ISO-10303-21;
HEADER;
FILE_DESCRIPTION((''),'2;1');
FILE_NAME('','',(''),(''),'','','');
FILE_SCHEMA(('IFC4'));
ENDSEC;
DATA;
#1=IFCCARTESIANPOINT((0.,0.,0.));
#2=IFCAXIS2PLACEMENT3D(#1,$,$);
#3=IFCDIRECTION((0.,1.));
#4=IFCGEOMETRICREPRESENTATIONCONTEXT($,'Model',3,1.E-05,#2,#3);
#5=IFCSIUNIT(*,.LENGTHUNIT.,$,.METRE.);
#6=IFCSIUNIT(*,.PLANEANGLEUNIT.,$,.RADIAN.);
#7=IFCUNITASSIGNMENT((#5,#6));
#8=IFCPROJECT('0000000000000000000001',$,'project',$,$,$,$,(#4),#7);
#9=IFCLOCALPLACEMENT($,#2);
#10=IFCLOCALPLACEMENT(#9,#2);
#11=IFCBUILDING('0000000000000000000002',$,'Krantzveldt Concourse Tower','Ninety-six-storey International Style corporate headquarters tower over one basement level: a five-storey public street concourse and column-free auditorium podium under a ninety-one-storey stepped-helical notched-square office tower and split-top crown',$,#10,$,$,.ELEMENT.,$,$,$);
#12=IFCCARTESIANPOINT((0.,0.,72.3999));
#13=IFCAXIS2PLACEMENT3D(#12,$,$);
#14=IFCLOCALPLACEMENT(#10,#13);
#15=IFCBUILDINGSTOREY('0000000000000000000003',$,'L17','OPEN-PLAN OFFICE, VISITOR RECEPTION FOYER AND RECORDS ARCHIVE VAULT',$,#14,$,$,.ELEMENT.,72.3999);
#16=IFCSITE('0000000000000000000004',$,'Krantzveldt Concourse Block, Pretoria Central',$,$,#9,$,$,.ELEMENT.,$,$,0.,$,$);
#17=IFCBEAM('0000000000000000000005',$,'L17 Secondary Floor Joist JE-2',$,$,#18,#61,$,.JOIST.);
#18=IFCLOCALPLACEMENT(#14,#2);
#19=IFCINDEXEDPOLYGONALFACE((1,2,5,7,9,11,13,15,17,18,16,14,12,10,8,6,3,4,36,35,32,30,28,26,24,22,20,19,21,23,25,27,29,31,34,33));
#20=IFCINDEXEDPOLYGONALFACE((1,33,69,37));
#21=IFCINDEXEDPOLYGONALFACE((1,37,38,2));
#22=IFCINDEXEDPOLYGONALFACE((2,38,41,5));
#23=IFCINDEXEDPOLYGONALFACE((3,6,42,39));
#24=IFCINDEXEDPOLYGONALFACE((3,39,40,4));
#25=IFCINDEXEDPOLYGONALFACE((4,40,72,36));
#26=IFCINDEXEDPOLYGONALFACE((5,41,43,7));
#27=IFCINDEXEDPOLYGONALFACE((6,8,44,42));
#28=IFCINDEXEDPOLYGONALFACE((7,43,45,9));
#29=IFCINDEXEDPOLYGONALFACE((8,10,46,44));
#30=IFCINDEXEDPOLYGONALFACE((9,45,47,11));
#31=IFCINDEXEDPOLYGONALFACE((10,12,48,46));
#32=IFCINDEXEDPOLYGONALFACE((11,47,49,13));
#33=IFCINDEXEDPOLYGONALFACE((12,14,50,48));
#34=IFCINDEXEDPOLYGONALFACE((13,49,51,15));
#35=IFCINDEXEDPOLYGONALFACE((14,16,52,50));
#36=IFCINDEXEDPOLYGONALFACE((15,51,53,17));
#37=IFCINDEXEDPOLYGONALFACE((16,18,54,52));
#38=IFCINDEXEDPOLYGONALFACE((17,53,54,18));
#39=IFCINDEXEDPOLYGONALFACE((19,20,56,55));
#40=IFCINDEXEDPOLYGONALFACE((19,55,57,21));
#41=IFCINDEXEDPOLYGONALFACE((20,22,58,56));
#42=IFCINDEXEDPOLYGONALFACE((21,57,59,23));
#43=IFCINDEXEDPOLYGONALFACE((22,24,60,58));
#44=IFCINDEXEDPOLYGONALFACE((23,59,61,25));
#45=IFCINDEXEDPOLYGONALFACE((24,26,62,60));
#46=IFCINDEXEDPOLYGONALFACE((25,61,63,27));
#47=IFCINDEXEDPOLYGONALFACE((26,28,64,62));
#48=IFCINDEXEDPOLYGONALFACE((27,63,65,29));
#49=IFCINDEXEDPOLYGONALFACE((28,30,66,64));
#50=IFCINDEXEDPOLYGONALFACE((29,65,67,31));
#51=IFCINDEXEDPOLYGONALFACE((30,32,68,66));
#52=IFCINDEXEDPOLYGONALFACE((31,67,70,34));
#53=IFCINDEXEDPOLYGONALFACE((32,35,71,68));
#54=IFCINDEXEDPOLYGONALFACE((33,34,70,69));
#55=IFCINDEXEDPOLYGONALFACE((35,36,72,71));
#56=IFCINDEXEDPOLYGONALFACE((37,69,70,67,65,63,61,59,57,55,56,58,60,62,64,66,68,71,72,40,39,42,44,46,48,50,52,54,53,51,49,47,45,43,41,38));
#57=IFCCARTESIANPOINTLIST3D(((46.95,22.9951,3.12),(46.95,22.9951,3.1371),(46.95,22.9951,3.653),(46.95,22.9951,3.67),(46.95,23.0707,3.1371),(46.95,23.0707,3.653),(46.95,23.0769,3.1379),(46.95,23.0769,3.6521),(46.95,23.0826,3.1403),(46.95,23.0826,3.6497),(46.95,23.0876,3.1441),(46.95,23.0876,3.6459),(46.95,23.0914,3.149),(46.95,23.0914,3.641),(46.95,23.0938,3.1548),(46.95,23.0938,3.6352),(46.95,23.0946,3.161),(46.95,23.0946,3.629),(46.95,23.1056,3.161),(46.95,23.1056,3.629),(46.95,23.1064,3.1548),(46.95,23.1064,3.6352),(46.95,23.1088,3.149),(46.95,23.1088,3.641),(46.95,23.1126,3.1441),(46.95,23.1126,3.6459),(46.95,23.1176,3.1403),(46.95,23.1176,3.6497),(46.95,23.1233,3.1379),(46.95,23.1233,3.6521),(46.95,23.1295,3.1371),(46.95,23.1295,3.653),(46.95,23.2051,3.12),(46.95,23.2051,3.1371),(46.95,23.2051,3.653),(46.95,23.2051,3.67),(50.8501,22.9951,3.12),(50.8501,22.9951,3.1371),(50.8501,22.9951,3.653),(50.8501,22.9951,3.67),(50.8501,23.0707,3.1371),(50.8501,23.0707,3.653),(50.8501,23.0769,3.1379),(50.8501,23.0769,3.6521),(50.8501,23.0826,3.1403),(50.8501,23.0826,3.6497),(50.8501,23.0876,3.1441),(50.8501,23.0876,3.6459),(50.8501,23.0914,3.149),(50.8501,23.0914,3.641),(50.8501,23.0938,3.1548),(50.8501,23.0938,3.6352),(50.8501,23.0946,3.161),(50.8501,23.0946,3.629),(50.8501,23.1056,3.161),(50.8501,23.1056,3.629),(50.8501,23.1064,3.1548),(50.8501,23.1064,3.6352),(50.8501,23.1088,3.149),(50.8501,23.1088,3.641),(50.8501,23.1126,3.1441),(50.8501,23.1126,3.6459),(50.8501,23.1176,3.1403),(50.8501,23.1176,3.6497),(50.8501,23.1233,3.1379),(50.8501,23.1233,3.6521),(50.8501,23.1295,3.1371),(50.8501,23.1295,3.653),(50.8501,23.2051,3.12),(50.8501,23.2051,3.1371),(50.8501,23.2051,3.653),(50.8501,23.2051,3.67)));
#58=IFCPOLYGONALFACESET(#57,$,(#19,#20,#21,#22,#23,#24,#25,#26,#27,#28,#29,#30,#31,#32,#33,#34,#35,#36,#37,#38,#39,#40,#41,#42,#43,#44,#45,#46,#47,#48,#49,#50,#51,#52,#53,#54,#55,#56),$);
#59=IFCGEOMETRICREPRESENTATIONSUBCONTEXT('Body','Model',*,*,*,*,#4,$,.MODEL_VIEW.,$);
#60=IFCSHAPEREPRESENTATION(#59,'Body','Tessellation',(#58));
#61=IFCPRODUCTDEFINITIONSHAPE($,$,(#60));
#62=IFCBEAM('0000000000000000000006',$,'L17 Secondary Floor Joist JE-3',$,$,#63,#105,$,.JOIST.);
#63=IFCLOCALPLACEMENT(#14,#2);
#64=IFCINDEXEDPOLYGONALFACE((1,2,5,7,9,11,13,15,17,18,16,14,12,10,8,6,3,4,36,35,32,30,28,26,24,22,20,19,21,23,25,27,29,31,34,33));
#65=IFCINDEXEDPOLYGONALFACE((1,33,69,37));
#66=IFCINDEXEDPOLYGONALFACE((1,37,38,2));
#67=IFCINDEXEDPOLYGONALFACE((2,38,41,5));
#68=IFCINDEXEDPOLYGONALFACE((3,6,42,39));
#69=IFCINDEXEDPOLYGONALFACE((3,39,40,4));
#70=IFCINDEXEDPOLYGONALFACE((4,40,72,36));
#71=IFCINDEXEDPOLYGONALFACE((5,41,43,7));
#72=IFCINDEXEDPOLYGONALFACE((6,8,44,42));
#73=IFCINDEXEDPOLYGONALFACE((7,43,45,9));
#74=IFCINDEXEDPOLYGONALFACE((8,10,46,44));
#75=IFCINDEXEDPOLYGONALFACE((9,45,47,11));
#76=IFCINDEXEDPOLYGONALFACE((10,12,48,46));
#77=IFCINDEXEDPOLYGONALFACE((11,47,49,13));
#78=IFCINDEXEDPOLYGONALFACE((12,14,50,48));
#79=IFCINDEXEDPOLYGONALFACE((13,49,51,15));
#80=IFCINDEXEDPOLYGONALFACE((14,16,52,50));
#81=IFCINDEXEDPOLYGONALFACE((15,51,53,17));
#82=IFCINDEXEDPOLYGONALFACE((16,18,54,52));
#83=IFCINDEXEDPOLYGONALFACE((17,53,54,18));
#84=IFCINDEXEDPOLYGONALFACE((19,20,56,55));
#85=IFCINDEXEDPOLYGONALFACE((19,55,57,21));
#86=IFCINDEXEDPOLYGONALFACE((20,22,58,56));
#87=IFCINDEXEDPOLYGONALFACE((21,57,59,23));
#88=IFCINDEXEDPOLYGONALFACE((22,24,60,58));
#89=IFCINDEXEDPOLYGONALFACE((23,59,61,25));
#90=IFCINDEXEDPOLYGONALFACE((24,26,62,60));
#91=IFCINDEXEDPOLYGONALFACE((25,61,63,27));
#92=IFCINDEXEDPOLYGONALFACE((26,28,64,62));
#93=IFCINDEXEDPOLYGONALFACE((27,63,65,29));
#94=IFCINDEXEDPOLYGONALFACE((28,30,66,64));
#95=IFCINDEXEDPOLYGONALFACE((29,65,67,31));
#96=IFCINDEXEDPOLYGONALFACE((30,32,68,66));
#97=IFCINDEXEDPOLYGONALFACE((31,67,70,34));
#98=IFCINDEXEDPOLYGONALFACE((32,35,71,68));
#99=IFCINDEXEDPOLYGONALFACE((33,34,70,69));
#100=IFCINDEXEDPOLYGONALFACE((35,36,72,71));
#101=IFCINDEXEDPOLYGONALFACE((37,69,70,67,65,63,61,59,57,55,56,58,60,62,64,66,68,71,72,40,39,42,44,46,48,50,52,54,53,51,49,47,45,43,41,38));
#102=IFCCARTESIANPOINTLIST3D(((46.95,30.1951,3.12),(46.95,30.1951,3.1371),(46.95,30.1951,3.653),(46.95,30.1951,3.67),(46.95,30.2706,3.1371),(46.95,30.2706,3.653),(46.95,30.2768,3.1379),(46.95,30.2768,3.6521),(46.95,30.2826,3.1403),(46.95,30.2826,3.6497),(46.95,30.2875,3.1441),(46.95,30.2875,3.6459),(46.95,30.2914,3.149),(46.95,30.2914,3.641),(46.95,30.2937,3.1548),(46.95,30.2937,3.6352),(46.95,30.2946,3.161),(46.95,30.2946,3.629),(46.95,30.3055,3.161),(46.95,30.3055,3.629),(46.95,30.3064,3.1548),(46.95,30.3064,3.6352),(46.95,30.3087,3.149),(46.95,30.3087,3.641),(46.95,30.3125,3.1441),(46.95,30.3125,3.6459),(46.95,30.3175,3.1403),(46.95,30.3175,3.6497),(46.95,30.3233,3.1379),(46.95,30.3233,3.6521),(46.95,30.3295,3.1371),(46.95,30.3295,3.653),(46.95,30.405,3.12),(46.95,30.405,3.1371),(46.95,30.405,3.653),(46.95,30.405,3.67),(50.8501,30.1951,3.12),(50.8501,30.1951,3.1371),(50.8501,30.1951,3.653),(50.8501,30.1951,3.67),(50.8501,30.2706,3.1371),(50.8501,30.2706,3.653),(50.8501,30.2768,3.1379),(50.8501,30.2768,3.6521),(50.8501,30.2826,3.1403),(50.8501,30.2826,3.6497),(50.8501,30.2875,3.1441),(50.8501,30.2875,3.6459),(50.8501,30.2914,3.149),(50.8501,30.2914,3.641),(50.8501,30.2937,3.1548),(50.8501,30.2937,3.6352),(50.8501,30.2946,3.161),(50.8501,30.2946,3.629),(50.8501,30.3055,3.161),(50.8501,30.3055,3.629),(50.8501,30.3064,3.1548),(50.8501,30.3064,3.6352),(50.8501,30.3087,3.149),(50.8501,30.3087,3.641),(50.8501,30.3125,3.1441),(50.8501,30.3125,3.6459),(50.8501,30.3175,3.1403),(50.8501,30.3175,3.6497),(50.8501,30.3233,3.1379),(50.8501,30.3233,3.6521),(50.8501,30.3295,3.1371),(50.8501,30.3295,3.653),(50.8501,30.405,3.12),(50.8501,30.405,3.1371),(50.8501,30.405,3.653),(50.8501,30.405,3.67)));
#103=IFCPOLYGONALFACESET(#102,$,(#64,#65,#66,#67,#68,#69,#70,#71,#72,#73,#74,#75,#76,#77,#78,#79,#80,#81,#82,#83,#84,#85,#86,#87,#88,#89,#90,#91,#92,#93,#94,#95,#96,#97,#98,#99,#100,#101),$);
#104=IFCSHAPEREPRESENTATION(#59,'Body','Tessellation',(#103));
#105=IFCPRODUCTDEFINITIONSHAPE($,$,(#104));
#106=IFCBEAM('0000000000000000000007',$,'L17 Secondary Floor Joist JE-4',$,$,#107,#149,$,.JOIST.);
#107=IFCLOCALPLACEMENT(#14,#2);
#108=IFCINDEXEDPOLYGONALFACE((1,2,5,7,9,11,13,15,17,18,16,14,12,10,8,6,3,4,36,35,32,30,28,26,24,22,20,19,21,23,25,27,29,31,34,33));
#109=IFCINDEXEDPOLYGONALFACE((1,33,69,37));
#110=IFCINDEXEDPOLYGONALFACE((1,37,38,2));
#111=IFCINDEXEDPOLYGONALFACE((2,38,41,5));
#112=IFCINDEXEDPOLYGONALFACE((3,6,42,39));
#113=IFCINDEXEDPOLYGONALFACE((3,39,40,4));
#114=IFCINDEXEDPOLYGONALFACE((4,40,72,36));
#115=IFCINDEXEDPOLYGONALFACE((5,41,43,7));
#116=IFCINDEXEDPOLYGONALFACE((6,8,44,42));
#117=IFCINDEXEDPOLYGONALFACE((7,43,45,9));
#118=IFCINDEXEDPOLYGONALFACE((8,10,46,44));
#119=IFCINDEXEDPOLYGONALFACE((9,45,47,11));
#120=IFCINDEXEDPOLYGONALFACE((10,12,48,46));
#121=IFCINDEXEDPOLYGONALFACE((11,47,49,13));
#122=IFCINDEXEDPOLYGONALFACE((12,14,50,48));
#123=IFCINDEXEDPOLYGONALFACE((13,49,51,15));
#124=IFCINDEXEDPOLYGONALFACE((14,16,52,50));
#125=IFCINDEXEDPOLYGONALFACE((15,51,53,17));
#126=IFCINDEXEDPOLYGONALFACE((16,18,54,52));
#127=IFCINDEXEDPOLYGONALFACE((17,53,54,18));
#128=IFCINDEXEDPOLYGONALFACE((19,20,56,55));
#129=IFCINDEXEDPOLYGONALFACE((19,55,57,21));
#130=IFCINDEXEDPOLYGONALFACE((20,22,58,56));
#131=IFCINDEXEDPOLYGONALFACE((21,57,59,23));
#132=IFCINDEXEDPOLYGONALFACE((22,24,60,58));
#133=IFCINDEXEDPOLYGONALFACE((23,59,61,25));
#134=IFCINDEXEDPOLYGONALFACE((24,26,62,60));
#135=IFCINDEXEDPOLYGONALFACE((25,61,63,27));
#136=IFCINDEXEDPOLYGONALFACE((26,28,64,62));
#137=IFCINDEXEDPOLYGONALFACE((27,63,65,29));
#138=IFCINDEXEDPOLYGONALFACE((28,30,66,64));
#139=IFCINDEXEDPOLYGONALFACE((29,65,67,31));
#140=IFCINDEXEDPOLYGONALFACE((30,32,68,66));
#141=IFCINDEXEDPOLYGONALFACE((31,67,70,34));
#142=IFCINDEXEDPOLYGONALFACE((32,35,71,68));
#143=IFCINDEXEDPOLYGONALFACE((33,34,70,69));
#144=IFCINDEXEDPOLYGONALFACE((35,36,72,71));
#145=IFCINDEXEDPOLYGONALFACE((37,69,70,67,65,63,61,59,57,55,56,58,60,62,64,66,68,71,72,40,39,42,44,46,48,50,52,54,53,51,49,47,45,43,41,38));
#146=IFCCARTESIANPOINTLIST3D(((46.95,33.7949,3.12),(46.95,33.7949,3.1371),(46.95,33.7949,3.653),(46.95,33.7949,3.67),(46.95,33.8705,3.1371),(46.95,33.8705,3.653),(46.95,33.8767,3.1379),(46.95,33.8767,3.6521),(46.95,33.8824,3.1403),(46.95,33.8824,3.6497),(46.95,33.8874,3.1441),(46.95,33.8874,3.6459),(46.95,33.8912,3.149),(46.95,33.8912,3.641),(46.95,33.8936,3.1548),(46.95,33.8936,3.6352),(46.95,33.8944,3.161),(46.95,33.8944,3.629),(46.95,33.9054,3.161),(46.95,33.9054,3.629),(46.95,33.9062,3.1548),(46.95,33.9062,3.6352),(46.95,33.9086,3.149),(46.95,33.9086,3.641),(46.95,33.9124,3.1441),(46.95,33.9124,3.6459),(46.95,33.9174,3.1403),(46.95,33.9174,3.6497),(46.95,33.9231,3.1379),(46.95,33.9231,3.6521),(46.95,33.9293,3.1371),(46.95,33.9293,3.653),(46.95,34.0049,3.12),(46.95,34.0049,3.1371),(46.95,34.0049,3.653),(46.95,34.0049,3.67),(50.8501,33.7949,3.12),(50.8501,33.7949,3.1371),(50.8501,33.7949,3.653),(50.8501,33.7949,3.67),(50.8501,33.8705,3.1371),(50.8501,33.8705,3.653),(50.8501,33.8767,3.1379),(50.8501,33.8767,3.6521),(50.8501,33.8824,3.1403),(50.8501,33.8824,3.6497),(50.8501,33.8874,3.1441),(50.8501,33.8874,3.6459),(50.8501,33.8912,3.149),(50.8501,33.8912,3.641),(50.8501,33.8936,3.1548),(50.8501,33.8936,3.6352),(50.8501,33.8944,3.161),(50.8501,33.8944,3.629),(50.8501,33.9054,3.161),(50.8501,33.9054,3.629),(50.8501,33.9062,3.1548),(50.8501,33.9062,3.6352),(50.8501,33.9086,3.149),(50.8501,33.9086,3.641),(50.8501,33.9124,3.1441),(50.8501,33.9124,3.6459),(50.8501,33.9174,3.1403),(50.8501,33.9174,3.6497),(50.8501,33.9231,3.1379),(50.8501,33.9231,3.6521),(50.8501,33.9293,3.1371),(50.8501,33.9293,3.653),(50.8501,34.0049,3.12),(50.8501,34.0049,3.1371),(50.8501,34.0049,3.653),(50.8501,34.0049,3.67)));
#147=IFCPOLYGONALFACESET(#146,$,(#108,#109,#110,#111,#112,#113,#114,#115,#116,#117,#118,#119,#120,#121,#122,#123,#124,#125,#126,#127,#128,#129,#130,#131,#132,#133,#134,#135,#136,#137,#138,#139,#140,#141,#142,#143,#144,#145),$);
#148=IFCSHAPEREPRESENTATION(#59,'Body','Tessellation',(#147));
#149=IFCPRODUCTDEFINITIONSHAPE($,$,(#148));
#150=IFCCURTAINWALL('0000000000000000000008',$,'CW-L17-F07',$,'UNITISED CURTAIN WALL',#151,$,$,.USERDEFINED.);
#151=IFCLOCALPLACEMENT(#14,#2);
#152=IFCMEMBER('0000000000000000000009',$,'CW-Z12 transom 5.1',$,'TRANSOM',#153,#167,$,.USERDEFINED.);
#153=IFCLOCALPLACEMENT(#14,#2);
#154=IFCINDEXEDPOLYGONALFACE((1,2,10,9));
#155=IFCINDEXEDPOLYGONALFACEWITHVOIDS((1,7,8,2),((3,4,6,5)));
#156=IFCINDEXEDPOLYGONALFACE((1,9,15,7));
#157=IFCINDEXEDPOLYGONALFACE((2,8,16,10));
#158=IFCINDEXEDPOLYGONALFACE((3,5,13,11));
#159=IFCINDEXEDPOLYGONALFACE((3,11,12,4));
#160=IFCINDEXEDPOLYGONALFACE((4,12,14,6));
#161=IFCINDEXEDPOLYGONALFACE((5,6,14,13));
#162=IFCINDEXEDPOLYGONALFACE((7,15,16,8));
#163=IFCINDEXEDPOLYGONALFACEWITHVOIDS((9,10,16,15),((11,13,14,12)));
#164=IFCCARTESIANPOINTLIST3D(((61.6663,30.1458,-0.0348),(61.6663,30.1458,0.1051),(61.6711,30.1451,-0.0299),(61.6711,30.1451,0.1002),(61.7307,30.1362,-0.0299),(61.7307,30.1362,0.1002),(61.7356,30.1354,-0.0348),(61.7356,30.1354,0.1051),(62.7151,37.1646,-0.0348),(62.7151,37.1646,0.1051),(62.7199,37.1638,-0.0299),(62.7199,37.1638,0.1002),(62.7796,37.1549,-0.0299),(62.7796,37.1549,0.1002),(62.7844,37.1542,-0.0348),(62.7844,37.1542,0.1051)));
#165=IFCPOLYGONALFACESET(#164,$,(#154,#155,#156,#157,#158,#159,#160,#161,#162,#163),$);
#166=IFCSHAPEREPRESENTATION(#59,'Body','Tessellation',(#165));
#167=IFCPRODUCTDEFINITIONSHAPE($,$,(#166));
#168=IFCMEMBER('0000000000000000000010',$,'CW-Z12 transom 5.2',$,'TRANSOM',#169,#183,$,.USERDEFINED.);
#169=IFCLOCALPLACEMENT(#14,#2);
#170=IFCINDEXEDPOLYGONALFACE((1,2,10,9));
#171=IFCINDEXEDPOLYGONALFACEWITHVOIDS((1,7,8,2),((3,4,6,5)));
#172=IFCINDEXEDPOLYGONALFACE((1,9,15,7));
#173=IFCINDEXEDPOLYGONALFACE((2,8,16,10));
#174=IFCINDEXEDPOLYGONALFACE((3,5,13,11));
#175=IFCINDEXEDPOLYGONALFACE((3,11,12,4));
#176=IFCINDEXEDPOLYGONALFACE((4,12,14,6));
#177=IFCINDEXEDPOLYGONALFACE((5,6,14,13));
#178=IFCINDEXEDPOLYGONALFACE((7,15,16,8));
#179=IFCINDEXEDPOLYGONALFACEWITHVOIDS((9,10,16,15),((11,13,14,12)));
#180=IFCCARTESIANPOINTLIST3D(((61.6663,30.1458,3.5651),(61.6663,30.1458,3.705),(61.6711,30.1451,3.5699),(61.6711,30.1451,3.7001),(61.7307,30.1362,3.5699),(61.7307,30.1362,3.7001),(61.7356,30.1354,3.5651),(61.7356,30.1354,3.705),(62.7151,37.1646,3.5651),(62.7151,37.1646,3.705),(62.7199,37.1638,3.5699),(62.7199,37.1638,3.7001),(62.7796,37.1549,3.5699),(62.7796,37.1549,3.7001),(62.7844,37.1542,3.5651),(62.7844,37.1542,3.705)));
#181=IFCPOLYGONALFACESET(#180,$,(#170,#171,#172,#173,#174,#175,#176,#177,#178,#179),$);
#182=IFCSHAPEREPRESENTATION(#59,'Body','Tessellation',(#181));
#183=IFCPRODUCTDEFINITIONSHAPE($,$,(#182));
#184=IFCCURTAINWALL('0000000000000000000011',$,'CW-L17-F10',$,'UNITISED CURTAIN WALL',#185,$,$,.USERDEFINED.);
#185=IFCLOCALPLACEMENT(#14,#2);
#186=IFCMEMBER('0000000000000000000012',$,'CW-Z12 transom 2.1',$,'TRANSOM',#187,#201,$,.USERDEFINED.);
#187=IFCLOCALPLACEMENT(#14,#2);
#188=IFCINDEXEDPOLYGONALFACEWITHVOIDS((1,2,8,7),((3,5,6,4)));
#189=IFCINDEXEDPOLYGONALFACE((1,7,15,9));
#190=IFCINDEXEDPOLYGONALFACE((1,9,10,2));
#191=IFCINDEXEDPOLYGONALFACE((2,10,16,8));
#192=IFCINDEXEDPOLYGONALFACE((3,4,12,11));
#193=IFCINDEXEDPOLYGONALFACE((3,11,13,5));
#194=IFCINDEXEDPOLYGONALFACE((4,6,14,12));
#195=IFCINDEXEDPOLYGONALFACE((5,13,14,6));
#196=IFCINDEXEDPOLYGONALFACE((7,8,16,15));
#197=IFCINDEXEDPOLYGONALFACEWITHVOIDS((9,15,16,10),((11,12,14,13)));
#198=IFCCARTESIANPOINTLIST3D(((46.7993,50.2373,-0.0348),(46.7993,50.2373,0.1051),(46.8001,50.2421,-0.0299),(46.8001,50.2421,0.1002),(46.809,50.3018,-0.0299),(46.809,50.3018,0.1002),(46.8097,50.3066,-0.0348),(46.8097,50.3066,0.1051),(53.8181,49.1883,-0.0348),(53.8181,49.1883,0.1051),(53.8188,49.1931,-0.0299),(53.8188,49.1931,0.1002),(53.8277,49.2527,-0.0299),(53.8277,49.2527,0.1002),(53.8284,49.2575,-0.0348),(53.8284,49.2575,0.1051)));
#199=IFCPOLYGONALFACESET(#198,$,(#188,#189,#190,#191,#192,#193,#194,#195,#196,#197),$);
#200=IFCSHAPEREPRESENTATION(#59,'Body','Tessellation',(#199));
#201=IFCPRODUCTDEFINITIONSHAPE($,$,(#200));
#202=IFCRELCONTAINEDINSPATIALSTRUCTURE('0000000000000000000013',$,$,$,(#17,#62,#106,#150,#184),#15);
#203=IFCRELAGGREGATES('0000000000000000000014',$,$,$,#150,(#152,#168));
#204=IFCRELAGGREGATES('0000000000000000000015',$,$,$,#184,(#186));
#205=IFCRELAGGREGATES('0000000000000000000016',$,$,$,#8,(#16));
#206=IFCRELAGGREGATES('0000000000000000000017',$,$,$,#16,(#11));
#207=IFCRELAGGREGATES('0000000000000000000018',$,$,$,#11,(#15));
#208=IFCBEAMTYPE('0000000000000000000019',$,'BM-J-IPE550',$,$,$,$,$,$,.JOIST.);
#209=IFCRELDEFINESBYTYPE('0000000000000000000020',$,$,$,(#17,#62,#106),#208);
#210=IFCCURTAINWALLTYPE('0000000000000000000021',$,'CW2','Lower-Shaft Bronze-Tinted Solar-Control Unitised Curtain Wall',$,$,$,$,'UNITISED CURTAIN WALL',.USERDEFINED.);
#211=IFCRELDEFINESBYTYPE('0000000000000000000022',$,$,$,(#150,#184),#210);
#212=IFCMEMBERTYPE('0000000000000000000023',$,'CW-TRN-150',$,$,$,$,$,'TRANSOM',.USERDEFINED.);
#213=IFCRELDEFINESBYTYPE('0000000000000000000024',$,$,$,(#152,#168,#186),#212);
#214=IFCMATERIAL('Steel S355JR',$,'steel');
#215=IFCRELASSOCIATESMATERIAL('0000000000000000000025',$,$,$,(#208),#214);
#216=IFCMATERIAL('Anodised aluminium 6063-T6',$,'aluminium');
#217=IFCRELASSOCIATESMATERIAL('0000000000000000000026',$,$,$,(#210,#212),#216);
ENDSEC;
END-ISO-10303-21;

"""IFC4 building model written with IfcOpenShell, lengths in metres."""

from ifc_helpers import new_model, si_unit, direction, frame, origin, origin_2d, place, context, subcontext, project, spatial, hollow_rectangle, i_section, extrude, source, transform, mapped, material, material_profile, profile_set, type_object, type_shapes, element, aggregate, save


model = new_model("IFC4")

# Units and contexts
model_context = context("Model", 3, precision=1e-05, world=origin(), true_north=direction((0.0, 1.0)))
body_context = subcontext(model_context, "Body", "Model", "MODEL_VIEW")
ifc_project = project(units=[si_unit("LENGTHUNIT", "METRE"), si_unit("PLANEANGLEUNIT", "RADIAN")], contexts=[model_context])

# Site, building, storey
site_placement = place(None, origin())
site = spatial("IfcSite", under=ifc_project, at=site_placement, Name="Krantzveldt Concourse Block, Pretoria Central", CompositionType="ELEMENT", RefElevation=0.0)
building_placement = place(site_placement, origin())
building = spatial("IfcBuilding", under=site, at=building_placement, Name="Krantzveldt Concourse Tower", Description="Ninety-six-storey International Style corporate headquarters tower over one basement level: a five-storey public street concourse and column-free auditorium podium under a ninety-one-storey stepped-helical notched-square office tower and split-top crown", CompositionType="ELEMENT")
storey_placement = place(building_placement, frame((0.0, 0.0, 72.3999)))
storey = spatial("IfcBuildingStorey", under=building, at=storey_placement, Name="L17", Description="OPEN-PLAN OFFICE, VISITOR RECEPTION FOYER AND RECORDS ARCHIVE VAULT", CompositionType="ELEMENT", Elevation=72.3999)

# Beams
ifc_material_1 = material(Name="Steel S355JR", Category="steel")
ifc_material_profile_1 = material_profile(ifc_material_1, i_section(OverallWidth=0.21, OverallDepth=0.55, WebThickness=0.011, FlangeThickness=0.0171, FilletRadius=0.0239, at=origin_2d()), Name="Steel S355JR", Category="steel")
ifc_profile_set_1 = profile_set([ifc_material_profile_1], Name="Steel S355JR - IPE 550")
beam_type_1 = type_object("IfcBeamType", Name="BM-J-IPE550", PredefinedType="JOIST", material=ifc_profile_set_1)
shared_shape_1 = source(origin(), body_context, "Body", "SweptSolid", [
    extrude(i_section(OverallWidth=0.21, OverallDepth=0.55, WebThickness=0.011, FlangeThickness=0.0171, FilletRadius=0.0239, at=origin_2d()), origin(), (0.0, 0.0, 1.0), 3.9001),
])
type_shapes(beam_type_1, [shared_shape_1])
for number, where, z_axis, x_axis, name in (
    (1, (46.95, 23.1001, 3.395), (1.0, 0.0, 0.0), (0.0, 1.0, 0.0), "L17 Secondary Floor Joist JE-2"),
    (2, (46.95, 30.3, 3.395), (1.0, 0.0, 0.0), (0.0, 1.0, 0.0), "L17 Secondary Floor Joist JE-3"),
    (3, (46.95, 33.8999, 3.395), (1.0, 0.0, 0.0), (0.0, 1.0, 0.0), "L17 Secondary Floor Joist JE-4"),
):
    element("IfcBeam", number, at=place(storey_placement, frame(where, z_axis=z_axis, x_axis=x_axis)), inside=storey, type_object=beam_type_1, Name=name, PredefinedType="JOIST", context=body_context, shape_type="MappedRepresentation", body=[
        mapped(shared_shape_1, transform((0.0, 0.0, 0.0), x_axis=(1.0, 0.0, 0.0), y_axis=(0.0, 1.0, 0.0), z_axis=(0.0, 0.0, 1.0), scale=1.0)),
    ])

# Curtain walls, members
ifc_material_2 = material(Name="Anodised aluminium 6063-T6", Category="aluminium")
curtain_wall_type = type_object("IfcCurtainWallType", Name="CW2", Description="Lower-Shaft Bronze-Tinted Solar-Control Unitised Curtain Wall", ElementType="UNITISED CURTAIN WALL", PredefinedType="USERDEFINED", material=ifc_material_2)
curtain_wall_1_placement = place(storey_placement, origin())
curtain_wall_1 = element("IfcCurtainWall", 4, at=curtain_wall_1_placement, inside=storey, type_object=curtain_wall_type, Name="CW-L17-F07", ObjectType="UNITISED CURTAIN WALL", PredefinedType="USERDEFINED")
ifc_material_profile_2 = material_profile(ifc_material_2, hollow_rectangle(XDim=0.0701, YDim=0.1399, WallThickness=0.0049, at=origin_2d()), Name="Anodised aluminium 6063-T6", Category="aluminium")
ifc_profile_set_2 = profile_set([ifc_material_profile_2], Name="Anodised aluminium 6063-T6 - ALU-TRAN 140x70x5")
member_type_1 = type_object("IfcMemberType", Name="CW-TRN-150", ElementType="TRANSOM", PredefinedType="USERDEFINED", material=ifc_profile_set_2)
shared_shape_2 = source(origin(), body_context, "Body", "SweptSolid", [
    extrude(hollow_rectangle(XDim=0.0701, YDim=0.1399, WallThickness=0.0049, at=origin_2d()), origin(), (0.0, 0.0, 1.0), 7.0967),
])
member_1_placement = place(storey_placement, frame((61.7009, 30.1406, 0.0352), z_axis=(0.14779, 0.989019, 0.0), x_axis=(-0.989019, 0.14779, 0.0)))
member_1 = element("IfcMember", 5, at=member_1_placement, type_object=member_type_1, Name="CW-Z12 transom 5.1", ObjectType="TRANSOM", PredefinedType="USERDEFINED", context=body_context, shape_type="MappedRepresentation", body=[
    mapped(shared_shape_2, transform((0.0, 0.0, 0.0), x_axis=(1.0, 0.0, 0.0), y_axis=(0.0, 1.0, 0.0), z_axis=(0.0, 0.0, 1.0), scale=1.0)),
])
member_2_placement = place(storey_placement, frame((61.7009, 30.1406, 3.635), z_axis=(0.14779, 0.989019, 0.0), x_axis=(-0.989019, 0.14779, 0.0)))
member_2 = element("IfcMember", 6, at=member_2_placement, type_object=member_type_1, Name="CW-Z12 transom 5.2", ObjectType="TRANSOM", PredefinedType="USERDEFINED", context=body_context, shape_type="MappedRepresentation", body=[
    mapped(shared_shape_2, transform((0.0, 0.0, 0.0), x_axis=(1.0, 0.0, 0.0), y_axis=(0.0, 1.0, 0.0), z_axis=(0.0, 0.0, 1.0), scale=1.0)),
])
curtain_wall_2_placement = place(storey_placement, origin())
curtain_wall_2 = element("IfcCurtainWall", 7, at=curtain_wall_2_placement, inside=storey, type_object=curtain_wall_type, Name="CW-L17-F10", ObjectType="UNITISED CURTAIN WALL", PredefinedType="USERDEFINED")
member_3_placement = place(storey_placement, frame((53.8232, 49.2229, 0.0352), z_axis=(-0.989014, 0.147824, 0.0), x_axis=(-0.147824, -0.989014, 0.0)))
member_3 = element("IfcMember", 8, at=member_3_placement, type_object=member_type_1, Name="CW-Z12 transom 2.1", ObjectType="TRANSOM", PredefinedType="USERDEFINED", context=body_context, shape_type="MappedRepresentation", body=[
    mapped(shared_shape_2, transform((0.0, 0.0, 0.0), x_axis=(1.0, 0.0, 0.0), y_axis=(0.0, 1.0, 0.0), z_axis=(0.0, 0.0, 1.0), scale=1.0)),
])

aggregate(curtain_wall_1, [member_1, member_2])
aggregate(curtain_wall_2, [member_3])

save(model, "model.ifc")
